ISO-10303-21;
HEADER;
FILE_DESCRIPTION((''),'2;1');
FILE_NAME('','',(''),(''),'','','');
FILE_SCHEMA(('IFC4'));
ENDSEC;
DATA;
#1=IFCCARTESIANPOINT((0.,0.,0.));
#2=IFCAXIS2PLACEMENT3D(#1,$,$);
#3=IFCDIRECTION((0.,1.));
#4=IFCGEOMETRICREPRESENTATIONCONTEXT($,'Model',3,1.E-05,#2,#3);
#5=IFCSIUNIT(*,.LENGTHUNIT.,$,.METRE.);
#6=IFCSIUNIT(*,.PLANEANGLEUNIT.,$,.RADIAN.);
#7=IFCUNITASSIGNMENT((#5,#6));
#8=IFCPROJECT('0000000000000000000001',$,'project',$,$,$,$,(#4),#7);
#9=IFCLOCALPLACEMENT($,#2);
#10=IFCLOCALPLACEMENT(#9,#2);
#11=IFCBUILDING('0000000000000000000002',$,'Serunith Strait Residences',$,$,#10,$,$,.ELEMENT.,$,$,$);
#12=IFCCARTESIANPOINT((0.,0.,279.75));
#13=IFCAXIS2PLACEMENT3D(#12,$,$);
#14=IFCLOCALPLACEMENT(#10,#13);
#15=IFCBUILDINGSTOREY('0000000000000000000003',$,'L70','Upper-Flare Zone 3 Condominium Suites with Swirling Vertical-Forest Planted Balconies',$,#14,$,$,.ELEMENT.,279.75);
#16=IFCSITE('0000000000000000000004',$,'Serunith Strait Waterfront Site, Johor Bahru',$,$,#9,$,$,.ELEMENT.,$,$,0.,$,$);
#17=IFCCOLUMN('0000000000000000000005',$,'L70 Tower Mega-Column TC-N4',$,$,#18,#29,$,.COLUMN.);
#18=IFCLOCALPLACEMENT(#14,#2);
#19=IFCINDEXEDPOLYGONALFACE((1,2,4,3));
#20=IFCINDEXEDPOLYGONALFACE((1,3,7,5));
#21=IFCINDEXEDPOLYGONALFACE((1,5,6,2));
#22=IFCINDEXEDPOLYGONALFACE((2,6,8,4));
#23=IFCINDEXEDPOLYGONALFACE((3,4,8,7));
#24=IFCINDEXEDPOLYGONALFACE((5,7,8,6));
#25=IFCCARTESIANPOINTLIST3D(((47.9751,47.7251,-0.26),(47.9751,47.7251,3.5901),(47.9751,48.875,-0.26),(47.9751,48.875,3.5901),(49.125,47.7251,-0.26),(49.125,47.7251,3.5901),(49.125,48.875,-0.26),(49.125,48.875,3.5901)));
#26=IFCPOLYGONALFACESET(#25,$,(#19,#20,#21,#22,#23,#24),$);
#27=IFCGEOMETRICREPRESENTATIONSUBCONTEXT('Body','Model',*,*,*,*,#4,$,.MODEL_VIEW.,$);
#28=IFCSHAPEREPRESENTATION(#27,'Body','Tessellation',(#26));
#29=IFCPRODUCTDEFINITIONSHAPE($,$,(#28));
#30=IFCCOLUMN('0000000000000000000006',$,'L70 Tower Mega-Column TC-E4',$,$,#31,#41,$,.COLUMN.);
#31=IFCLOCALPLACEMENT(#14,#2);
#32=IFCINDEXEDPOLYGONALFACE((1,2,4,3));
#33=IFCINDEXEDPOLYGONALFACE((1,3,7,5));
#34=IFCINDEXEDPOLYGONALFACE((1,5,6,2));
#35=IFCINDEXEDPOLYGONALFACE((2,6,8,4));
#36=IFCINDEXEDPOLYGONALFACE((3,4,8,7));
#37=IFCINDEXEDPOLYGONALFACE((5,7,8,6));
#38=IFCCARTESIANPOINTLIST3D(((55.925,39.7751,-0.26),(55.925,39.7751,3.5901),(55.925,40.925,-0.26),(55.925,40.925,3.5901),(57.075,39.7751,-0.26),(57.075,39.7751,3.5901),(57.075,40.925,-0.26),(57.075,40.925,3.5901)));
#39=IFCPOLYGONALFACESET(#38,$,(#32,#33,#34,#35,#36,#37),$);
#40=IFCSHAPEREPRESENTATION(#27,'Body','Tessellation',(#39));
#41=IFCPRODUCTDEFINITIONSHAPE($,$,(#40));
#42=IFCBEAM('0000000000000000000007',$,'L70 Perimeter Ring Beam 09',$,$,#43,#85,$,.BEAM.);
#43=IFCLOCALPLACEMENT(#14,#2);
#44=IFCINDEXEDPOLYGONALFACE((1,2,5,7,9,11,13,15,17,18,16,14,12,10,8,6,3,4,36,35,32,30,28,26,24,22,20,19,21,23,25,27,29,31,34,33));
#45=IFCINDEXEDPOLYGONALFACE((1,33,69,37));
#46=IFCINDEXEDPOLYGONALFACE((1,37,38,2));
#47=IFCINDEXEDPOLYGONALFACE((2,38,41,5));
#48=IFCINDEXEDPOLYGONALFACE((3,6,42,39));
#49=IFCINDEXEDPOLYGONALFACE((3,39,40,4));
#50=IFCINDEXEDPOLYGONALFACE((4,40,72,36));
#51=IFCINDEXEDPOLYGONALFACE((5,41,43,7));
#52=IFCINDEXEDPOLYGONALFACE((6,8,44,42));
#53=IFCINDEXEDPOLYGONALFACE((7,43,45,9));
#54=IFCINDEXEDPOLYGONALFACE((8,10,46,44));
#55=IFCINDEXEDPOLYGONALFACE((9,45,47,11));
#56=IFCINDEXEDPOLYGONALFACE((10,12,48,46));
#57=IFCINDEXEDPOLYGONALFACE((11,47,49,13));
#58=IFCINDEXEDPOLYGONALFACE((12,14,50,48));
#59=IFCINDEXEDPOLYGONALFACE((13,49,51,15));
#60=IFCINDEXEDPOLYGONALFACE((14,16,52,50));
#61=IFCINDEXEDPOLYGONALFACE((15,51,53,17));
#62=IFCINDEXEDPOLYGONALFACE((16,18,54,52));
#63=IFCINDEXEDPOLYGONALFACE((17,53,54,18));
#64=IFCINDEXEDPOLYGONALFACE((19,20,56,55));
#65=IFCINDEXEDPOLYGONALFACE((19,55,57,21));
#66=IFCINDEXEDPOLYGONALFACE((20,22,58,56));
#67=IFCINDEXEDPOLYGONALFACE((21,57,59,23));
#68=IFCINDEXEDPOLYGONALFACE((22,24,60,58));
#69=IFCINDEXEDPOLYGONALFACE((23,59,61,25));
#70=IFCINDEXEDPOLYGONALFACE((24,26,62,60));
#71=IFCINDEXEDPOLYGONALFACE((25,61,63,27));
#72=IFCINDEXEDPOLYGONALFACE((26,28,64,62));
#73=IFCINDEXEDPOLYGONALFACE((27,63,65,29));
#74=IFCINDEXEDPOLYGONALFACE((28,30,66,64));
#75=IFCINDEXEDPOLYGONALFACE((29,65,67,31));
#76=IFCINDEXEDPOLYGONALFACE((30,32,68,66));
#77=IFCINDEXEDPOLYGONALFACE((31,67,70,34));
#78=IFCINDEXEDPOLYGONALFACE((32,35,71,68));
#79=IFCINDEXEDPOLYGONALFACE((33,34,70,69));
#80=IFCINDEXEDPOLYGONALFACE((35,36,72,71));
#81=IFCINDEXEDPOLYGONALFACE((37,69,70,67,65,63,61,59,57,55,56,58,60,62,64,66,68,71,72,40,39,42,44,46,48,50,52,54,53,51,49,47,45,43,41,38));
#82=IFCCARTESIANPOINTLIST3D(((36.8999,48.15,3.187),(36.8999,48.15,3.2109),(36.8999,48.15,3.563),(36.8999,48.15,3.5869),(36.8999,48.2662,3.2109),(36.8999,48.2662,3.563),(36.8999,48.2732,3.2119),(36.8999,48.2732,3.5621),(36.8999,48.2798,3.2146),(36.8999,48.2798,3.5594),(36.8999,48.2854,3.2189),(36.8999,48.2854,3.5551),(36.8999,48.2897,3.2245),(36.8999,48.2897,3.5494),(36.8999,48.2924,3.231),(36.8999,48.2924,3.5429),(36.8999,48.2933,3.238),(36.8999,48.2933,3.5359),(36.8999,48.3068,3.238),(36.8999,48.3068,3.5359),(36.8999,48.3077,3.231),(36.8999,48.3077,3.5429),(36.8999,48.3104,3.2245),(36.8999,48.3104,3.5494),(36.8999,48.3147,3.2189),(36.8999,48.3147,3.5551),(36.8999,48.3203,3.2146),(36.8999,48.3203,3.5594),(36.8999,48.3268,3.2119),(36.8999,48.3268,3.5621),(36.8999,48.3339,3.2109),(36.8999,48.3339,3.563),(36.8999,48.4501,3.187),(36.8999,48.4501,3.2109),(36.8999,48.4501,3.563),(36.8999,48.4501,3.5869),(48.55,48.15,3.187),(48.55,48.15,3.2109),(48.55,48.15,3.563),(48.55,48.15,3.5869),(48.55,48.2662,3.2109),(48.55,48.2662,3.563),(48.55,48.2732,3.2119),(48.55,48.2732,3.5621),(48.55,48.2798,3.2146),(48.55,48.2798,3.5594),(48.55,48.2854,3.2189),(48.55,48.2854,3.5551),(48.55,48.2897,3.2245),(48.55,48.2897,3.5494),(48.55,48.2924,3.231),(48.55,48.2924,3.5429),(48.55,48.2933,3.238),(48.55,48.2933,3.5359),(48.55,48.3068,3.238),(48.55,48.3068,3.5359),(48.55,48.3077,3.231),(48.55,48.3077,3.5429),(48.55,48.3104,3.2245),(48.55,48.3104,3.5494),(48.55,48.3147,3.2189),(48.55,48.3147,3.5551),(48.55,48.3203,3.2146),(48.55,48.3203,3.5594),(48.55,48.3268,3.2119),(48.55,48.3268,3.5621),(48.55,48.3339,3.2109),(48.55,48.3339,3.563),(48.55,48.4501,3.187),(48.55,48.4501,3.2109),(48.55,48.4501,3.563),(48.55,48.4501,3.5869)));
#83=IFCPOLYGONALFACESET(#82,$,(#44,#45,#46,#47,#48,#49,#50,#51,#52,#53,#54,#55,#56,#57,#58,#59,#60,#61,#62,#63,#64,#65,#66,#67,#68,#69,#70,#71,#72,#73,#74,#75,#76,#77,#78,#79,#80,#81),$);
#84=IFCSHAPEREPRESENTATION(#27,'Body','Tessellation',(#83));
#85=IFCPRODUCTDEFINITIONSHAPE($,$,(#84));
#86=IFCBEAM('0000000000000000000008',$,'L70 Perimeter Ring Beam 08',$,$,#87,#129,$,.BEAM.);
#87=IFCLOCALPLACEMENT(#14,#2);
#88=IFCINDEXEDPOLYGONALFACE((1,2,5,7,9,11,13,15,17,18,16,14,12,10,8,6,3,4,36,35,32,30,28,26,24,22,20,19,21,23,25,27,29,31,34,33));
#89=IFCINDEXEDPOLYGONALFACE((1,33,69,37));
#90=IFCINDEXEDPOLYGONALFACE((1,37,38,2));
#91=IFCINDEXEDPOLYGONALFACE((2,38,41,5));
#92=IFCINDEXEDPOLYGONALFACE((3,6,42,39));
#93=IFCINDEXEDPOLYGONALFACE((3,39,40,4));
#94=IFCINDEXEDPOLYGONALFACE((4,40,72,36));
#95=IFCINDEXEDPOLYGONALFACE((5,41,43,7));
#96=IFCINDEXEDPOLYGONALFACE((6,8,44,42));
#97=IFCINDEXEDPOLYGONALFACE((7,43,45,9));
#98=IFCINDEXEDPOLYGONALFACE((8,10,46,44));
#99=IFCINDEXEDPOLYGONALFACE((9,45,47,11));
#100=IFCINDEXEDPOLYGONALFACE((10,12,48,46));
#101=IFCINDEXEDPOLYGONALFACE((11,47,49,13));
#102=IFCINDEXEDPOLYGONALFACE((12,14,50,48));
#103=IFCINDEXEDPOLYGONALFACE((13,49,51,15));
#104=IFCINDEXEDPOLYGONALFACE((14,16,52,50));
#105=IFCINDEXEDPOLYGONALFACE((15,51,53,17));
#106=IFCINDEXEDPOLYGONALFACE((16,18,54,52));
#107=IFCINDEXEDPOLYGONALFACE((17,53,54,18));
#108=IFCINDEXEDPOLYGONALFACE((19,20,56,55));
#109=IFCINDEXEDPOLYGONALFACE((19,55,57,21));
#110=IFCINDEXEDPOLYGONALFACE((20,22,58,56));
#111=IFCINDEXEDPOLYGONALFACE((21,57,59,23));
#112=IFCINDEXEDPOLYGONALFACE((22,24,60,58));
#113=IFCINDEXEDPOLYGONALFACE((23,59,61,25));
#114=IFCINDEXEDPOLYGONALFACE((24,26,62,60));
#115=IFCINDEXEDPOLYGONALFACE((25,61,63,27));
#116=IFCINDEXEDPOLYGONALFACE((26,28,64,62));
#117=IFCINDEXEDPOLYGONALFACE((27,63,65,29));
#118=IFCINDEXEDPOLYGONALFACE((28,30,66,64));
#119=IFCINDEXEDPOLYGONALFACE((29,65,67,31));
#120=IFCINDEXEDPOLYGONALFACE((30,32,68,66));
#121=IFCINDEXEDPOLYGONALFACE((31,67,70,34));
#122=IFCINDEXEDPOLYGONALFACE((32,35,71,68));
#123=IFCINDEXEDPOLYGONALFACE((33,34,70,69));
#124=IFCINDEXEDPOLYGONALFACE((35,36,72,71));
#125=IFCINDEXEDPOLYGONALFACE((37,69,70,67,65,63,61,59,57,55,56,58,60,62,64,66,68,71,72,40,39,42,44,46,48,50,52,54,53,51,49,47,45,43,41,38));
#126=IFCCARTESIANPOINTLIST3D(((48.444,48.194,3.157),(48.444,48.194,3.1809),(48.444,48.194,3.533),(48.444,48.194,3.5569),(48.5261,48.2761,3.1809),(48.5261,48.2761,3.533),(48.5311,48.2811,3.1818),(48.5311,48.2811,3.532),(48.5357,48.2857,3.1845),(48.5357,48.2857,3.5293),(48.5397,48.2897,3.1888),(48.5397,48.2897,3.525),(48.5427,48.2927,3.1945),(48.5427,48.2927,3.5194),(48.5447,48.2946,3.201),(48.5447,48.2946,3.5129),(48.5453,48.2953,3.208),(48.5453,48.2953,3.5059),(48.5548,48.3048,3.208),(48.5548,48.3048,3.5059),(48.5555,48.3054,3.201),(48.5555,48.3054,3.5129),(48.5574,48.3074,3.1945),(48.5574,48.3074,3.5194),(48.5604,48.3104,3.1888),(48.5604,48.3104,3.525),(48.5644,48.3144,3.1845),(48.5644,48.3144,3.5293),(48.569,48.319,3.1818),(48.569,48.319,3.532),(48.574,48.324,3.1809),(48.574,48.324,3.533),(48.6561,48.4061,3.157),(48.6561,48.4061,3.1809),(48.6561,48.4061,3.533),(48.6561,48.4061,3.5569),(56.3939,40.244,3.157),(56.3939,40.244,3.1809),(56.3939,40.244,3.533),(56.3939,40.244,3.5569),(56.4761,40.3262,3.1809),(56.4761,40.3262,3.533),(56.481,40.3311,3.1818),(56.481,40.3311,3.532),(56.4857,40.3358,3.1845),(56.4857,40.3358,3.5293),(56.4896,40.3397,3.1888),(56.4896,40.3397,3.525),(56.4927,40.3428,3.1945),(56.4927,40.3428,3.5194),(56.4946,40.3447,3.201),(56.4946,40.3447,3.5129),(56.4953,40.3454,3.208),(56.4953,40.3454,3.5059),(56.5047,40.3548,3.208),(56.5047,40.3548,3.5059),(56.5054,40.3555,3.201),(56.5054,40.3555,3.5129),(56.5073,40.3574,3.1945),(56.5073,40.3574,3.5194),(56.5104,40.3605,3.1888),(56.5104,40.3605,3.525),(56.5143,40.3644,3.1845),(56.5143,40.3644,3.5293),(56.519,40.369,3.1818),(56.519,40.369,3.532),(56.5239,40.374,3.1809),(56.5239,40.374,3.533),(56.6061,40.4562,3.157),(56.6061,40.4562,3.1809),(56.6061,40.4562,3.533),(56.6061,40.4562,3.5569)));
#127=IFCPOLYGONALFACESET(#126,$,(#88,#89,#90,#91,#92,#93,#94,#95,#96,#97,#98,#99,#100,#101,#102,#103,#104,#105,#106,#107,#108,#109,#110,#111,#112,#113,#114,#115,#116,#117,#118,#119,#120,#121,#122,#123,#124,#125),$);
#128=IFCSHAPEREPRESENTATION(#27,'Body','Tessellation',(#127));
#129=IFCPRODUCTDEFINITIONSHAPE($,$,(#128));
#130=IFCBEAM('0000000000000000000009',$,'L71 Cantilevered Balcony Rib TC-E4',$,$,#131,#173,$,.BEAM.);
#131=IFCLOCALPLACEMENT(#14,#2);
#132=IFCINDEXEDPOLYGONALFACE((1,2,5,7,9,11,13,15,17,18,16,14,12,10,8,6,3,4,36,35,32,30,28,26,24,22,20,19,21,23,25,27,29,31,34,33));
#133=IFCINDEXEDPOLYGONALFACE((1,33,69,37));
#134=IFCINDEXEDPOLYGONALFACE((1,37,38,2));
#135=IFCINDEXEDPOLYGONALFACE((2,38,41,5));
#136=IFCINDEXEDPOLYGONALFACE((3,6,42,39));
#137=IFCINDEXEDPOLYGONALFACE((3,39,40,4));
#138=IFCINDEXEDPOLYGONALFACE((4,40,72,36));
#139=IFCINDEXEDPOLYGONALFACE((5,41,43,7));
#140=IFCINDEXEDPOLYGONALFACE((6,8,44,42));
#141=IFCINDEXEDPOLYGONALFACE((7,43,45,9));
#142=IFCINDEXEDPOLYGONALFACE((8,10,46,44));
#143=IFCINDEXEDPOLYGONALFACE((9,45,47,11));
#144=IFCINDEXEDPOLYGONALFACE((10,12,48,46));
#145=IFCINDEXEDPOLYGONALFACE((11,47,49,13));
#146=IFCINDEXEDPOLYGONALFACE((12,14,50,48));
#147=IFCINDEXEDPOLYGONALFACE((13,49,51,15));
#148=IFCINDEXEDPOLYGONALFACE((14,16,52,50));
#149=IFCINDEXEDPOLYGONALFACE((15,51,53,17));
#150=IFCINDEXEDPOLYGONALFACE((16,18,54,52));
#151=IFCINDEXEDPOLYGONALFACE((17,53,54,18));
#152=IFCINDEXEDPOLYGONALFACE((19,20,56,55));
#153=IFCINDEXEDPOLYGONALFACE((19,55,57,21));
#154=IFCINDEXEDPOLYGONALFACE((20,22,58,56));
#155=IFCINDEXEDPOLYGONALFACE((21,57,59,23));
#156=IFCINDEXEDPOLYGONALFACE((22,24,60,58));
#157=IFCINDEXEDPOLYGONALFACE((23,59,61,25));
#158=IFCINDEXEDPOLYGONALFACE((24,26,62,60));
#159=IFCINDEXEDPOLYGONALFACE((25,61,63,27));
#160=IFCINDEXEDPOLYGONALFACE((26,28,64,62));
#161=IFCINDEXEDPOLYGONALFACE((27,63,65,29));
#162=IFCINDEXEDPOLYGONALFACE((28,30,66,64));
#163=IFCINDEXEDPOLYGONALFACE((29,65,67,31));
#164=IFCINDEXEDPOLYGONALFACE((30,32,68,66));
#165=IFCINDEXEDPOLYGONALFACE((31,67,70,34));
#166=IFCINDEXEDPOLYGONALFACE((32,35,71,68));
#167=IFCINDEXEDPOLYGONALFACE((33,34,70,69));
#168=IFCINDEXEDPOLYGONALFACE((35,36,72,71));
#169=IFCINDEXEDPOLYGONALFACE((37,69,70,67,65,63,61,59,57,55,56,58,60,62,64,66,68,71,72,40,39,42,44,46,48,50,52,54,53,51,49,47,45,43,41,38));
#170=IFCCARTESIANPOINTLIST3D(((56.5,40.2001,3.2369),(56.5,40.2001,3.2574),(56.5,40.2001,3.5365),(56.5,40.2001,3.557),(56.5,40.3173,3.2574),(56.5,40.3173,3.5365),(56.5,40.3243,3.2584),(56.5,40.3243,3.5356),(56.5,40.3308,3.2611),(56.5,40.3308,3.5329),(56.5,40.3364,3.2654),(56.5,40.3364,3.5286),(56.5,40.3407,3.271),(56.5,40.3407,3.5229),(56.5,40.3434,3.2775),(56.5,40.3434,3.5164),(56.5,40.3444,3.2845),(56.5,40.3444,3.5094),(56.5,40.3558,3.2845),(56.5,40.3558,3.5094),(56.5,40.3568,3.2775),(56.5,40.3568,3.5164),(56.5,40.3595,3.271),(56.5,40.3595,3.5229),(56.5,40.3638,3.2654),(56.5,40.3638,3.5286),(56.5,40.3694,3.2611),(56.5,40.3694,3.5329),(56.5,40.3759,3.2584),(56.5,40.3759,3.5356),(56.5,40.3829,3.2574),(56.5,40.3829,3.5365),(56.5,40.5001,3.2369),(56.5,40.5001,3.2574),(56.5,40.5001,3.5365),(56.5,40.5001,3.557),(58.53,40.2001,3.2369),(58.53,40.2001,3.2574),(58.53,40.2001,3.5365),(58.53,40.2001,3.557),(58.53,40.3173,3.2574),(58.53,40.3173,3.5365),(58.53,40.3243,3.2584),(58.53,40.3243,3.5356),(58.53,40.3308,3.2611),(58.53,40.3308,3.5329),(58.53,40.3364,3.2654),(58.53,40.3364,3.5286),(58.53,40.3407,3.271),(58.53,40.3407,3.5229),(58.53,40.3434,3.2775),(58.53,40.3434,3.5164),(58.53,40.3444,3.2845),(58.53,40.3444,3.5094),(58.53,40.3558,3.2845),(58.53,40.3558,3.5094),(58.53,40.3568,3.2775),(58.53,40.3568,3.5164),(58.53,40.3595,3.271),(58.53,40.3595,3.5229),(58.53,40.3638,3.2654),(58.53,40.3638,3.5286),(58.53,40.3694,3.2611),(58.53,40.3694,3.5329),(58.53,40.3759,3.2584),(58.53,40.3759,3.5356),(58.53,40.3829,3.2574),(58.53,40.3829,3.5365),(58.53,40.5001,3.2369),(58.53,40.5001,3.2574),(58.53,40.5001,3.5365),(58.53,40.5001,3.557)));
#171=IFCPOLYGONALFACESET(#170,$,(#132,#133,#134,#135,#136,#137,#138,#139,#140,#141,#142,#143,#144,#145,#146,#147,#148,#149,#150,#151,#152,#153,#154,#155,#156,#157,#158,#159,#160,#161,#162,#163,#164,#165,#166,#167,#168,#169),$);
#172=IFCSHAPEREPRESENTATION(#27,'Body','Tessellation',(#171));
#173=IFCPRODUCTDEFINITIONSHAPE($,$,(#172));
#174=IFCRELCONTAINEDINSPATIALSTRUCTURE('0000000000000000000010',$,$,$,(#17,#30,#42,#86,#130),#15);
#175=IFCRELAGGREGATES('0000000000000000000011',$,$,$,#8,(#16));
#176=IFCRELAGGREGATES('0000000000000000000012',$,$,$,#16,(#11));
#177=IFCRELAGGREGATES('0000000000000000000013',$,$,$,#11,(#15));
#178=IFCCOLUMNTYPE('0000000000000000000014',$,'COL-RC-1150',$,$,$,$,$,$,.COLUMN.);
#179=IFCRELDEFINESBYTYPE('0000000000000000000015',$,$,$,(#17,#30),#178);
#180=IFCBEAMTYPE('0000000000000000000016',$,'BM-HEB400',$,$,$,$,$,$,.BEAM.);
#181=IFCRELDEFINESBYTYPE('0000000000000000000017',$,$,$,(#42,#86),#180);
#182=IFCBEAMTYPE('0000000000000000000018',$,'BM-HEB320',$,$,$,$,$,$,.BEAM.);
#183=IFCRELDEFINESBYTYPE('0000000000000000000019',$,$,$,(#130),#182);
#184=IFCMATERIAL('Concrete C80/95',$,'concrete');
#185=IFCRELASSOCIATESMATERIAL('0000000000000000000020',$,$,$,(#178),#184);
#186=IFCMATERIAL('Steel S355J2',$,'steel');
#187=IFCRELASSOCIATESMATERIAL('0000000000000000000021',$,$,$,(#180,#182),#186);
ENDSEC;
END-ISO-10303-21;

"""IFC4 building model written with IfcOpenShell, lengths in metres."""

from ifc_helpers import new_model, si_unit, direction, frame, origin, origin_2d, place, context, subcontext, project, spatial, rectangle, i_section, extrude, source, transform, mapped, material, material_profile, profile_set, type_object, element, save


model = new_model("IFC4")

# Units and contexts
model_context = context("Model", 3, precision=1e-05, world=origin(), true_north=direction((0.0, 1.0)))
body_context = subcontext(model_context, "Body", "Model", "MODEL_VIEW")
ifc_project = project(units=[si_unit("LENGTHUNIT", "METRE"), si_unit("PLANEANGLEUNIT", "RADIAN")], contexts=[model_context])

# Site, building, storey
site_placement = place(None, origin())
site = spatial("IfcSite", under=ifc_project, at=site_placement, Name="Serunith Strait Waterfront Site, Johor Bahru", CompositionType="ELEMENT", RefElevation=0.0)
building_placement = place(site_placement, origin())
building = spatial("IfcBuilding", under=site, at=building_placement, Name="Serunith Strait Residences", CompositionType="ELEMENT")
storey_placement = place(building_placement, frame((0.0, 0.0, 279.75)))
storey = spatial("IfcBuildingStorey", under=building, at=storey_placement, Name="L70", Description="Upper-Flare Zone 3 Condominium Suites with Swirling Vertical-Forest Planted Balconies", CompositionType="ELEMENT", Elevation=279.75)

# Columns
ifc_material_1 = material(Name="Concrete C80/95", Category="concrete")
ifc_material_profile_1 = material_profile(ifc_material_1, rectangle(XDim=1.1499, YDim=1.1499, at=origin_2d()), Name="RC 1150x1150")
ifc_profile_set_1 = profile_set([ifc_material_profile_1], Name="Concrete C80/95")
column_type = type_object("IfcColumnType", Name="COL-RC-1150", PredefinedType="COLUMN", material=ifc_profile_set_1)
shared_shape_1 = source(origin(), body_context, "Body", "SweptSolid", [
    extrude(rectangle(XDim=1.1499, YDim=1.1499, at=origin_2d()), origin(), (0.0, 0.0, 1.0), 3.8501),
])
for number, where, z_axis, x_axis, name in (
    (1, (48.55, 48.3, -0.26), (0.0, 0.0, 1.0), (1.0, 0.0, 0.0), "L70 Tower Mega-Column TC-N4"),
    (2, (56.5, 40.3501, -0.26), (0.0, 0.0, 1.0), (1.0, 0.0, 0.0), "L70 Tower Mega-Column TC-E4"),
):
    element("IfcColumn", number, at=place(storey_placement, frame(where, z_axis=z_axis, x_axis=x_axis)), inside=storey, type_object=column_type, Name=name, PredefinedType="COLUMN", context=body_context, shape_type="MappedRepresentation", body=[
        mapped(shared_shape_1, transform((0.0, 0.0, 0.0), scale=1.0)),
    ])

# Beams
ifc_material_2 = material(Name="Steel S355J2", Category="steel")
ifc_material_profile_2 = material_profile(ifc_material_2, i_section(OverallWidth=0.3, OverallDepth=0.3999, WebThickness=0.0134, FlangeThickness=0.0239, FilletRadius=0.0271, at=origin_2d()), Name="HEB 400")
ifc_profile_set_2 = profile_set([ifc_material_profile_2], Name="Steel S355J2")
beam_type_1 = type_object("IfcBeamType", Name="BM-HEB400", PredefinedType="BEAM", material=ifc_profile_set_2)
shared_shape_2 = source(origin(), body_context, "Body", "SweptSolid", [
    extrude(i_section(OverallWidth=0.3, OverallDepth=0.3999, WebThickness=0.0134, FlangeThickness=0.0239, FilletRadius=0.0271, at=origin_2d()), origin(), (0.0, 0.0, 1.0), 11.6501),
])
beam_1_placement = place(storey_placement, frame((48.55, 48.3, 3.387), z_axis=(-1.0, 0.0, 0.0), x_axis=(0.0, -1.0, 0.0)))
element("IfcBeam", 3, at=beam_1_placement, inside=storey, type_object=beam_type_1, Name="L70 Perimeter Ring Beam 09", PredefinedType="BEAM", context=body_context, shape_type="MappedRepresentation", body=[
    mapped(shared_shape_2, transform((0.0, 0.0, 0.0), scale=1.0)),
])
shared_shape_3 = source(origin(), body_context, "Body", "SweptSolid", [
    extrude(i_section(OverallWidth=0.3, OverallDepth=0.3999, WebThickness=0.0134, FlangeThickness=0.0239, FilletRadius=0.0271, at=origin_2d()), origin(), (0.0, 0.0, 1.0), 11.2429),
])
beam_2_placement = place(storey_placement, frame((56.5, 40.3501, 3.3569), z_axis=(-0.707107, 0.707107, 0.0), x_axis=(-0.707107, -0.707107, 0.0)))
element("IfcBeam", 4, at=beam_2_placement, inside=storey, type_object=beam_type_1, Name="L70 Perimeter Ring Beam 08", PredefinedType="BEAM", context=body_context, shape_type="MappedRepresentation", body=[
    mapped(shared_shape_3, transform((0.0, 0.0, 0.0), scale=1.0)),
])
ifc_material_profile_3 = material_profile(ifc_material_2, i_section(OverallWidth=0.3, OverallDepth=0.3201, WebThickness=0.0115, FlangeThickness=0.0205, FilletRadius=0.0271, at=origin_2d()), Name="HEB 320")
ifc_profile_set_3 = profile_set([ifc_material_profile_3], Name="Steel S355J2")
beam_type_2 = type_object("IfcBeamType", Name="BM-HEB320", PredefinedType="BEAM", material=ifc_profile_set_3)
shared_shape_4 = source(origin(), body_context, "Body", "SweptSolid", [
    extrude(i_section(OverallWidth=0.3, OverallDepth=0.3201, WebThickness=0.0115, FlangeThickness=0.0205, FilletRadius=0.0271, at=origin_2d()), origin(), (0.0, 0.0, 1.0), 2.03),
])
beam_3_placement = place(storey_placement, frame((56.5, 40.3501, 3.397), z_axis=(1.0, 0.0, 0.0), x_axis=(0.0, 1.0, 0.0)))
element("IfcBeam", 5, at=beam_3_placement, inside=storey, type_object=beam_type_2, Name="L71 Cantilevered Balcony Rib TC-E4", PredefinedType="BEAM", context=body_context, shape_type="MappedRepresentation", body=[
    mapped(shared_shape_4, transform((0.0, 0.0, 0.0), scale=1.0)),
])

save(model, "model.ifc")
